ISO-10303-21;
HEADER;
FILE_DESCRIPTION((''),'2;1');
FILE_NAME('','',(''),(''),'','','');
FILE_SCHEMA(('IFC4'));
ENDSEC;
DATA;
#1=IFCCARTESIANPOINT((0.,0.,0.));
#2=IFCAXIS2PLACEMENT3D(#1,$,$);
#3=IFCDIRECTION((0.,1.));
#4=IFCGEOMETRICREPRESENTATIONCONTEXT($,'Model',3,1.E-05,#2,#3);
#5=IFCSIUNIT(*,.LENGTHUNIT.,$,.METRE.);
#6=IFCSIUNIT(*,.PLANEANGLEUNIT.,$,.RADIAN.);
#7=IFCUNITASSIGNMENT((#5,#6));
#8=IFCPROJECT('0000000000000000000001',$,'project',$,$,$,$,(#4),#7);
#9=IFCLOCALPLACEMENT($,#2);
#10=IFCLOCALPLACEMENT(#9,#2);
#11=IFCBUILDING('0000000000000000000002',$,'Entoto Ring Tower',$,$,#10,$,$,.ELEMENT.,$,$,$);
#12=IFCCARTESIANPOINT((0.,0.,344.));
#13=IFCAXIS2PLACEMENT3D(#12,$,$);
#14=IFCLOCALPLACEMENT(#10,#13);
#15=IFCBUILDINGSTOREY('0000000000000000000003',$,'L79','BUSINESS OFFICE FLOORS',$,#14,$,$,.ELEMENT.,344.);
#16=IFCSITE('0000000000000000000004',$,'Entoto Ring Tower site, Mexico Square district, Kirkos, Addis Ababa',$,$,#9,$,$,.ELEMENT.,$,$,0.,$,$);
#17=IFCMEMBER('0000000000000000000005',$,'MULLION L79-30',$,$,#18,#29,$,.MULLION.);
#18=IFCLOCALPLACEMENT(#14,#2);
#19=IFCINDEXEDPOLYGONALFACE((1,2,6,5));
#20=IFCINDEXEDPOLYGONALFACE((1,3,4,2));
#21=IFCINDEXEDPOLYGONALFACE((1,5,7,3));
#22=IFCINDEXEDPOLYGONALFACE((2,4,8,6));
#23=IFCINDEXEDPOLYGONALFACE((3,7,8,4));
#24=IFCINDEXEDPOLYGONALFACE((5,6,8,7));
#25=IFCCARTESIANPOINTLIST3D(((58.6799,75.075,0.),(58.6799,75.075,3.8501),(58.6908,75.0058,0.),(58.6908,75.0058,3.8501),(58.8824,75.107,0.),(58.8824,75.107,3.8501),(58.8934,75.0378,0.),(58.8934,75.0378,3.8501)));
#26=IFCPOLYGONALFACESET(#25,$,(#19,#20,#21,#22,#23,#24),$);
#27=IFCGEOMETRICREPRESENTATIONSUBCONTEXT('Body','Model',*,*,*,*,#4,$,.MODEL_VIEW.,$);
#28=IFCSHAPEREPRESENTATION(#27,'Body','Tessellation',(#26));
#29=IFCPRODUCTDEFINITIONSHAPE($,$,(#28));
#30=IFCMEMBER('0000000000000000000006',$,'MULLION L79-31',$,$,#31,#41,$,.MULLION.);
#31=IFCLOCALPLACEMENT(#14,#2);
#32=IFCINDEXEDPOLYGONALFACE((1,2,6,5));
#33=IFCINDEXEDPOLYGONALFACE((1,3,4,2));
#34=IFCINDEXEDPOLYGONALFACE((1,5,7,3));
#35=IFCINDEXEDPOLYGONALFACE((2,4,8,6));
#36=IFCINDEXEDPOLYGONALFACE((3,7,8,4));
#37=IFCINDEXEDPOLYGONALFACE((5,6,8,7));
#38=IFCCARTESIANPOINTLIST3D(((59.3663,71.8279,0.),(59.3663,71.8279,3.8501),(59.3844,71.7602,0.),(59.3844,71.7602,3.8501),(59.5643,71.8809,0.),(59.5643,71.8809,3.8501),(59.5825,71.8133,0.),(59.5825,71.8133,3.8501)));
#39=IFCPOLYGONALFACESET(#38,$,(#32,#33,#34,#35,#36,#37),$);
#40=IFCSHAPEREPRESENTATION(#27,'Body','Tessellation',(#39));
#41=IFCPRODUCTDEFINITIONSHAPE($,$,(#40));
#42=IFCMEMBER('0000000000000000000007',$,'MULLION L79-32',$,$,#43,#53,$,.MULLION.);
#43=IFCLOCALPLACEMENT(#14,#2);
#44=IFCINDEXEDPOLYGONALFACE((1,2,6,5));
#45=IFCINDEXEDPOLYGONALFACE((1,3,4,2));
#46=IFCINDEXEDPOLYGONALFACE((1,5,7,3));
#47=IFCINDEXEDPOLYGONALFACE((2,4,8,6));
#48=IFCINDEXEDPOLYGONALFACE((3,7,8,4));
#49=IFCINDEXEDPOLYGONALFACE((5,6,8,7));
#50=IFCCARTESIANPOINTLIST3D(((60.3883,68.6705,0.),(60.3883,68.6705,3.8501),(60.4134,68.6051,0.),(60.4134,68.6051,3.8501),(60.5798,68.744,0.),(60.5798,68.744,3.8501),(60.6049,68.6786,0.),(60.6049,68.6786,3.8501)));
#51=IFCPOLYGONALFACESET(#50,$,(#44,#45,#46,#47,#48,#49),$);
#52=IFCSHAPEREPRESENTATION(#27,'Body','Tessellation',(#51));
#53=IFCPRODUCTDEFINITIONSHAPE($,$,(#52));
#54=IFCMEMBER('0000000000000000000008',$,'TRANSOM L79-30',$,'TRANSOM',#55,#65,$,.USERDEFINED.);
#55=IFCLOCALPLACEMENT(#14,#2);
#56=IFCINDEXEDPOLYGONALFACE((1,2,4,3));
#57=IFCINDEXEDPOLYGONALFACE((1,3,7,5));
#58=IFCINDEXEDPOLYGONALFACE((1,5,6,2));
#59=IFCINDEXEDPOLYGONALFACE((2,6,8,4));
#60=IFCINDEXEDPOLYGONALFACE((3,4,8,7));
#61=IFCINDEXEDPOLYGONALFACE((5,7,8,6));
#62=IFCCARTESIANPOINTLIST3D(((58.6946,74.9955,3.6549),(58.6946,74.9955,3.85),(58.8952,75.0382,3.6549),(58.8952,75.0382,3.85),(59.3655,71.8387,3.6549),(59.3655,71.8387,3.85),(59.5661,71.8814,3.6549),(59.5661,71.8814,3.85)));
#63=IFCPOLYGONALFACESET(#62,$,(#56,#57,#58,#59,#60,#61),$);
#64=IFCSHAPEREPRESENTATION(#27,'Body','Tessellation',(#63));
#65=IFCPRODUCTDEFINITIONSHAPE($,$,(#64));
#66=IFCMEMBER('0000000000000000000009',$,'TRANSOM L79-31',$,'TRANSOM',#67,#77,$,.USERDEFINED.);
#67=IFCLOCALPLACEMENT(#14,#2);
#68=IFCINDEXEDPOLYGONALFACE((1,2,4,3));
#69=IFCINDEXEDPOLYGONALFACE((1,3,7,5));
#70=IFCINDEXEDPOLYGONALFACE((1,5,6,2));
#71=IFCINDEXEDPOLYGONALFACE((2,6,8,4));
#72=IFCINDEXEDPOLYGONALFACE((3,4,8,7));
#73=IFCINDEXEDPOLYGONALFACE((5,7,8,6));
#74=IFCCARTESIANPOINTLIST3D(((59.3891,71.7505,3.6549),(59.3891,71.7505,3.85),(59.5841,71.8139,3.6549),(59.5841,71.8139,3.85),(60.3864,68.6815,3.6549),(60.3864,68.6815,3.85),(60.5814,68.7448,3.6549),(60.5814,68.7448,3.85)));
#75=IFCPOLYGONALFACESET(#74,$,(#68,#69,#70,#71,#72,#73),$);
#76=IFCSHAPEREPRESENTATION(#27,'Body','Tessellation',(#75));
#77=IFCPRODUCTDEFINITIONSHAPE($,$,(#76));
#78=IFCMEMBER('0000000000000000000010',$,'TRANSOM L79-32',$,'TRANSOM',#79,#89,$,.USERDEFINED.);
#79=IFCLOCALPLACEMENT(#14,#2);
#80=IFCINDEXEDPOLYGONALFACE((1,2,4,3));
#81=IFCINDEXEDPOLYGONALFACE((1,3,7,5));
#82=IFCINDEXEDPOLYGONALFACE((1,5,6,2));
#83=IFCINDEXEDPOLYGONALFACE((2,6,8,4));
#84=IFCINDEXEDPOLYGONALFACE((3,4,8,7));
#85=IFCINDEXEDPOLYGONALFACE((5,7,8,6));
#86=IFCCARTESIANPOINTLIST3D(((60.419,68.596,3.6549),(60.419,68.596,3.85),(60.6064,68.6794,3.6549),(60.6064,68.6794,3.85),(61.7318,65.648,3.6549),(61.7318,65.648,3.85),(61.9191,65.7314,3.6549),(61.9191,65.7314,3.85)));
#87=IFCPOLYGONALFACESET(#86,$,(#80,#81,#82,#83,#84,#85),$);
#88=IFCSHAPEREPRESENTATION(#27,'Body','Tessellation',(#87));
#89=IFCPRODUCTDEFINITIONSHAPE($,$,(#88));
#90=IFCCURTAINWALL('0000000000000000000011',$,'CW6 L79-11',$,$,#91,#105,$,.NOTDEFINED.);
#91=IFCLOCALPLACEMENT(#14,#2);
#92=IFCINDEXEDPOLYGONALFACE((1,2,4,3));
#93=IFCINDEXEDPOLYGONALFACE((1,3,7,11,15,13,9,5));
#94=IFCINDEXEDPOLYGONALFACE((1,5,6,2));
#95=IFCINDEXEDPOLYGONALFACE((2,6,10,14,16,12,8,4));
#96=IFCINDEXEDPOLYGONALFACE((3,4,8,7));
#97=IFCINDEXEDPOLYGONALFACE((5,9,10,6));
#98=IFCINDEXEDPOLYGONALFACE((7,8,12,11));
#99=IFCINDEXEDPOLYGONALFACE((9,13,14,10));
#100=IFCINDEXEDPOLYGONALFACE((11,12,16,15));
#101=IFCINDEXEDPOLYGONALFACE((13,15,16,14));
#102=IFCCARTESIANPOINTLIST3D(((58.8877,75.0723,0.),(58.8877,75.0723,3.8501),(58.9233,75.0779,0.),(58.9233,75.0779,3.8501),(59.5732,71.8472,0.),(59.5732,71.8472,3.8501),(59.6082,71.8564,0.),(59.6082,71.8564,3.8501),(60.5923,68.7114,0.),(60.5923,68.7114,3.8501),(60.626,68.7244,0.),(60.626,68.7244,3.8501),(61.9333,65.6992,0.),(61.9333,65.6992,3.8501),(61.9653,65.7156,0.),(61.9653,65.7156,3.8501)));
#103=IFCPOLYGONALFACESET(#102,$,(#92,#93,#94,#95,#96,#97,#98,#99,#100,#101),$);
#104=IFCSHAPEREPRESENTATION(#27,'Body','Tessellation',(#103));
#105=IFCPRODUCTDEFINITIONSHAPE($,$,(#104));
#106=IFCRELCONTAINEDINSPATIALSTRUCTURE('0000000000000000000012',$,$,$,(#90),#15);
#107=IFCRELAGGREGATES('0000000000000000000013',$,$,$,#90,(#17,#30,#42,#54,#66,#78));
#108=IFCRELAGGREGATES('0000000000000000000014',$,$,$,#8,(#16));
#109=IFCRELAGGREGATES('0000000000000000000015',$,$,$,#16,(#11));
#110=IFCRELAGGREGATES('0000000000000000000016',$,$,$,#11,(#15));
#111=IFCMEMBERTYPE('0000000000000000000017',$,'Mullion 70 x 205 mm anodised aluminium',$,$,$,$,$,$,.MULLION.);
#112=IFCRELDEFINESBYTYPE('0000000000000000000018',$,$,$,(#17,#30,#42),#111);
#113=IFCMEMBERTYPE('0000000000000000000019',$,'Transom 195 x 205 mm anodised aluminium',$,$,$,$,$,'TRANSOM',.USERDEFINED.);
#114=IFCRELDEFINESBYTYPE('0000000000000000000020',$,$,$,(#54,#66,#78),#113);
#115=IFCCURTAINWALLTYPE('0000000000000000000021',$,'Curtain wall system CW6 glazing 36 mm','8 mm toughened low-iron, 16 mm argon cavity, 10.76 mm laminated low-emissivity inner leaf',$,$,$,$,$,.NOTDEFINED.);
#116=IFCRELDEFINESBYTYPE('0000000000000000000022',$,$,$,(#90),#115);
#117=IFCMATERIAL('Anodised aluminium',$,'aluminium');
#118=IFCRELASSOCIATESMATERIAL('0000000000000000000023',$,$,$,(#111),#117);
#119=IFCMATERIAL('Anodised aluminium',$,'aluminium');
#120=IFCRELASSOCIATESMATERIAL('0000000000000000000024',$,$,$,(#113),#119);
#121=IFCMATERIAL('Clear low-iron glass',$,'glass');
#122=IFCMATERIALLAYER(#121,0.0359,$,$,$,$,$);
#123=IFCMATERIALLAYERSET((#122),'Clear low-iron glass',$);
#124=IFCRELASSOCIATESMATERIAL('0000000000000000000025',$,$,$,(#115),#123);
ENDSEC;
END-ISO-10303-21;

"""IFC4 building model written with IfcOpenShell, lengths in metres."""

from ifc_helpers import new_model, si_unit, direction, frame, origin, origin_2d, place, context, subcontext, project, spatial, polyline, rectangle, outline, extrude, material, layer, layer_set, material_profile, profile_set, type_object, element, aggregate, save


model = new_model("IFC4")

# Units and contexts
model_context = context("Model", 3, precision=1e-05, world=origin(), true_north=direction((0.0, 1.0)))
body_context = subcontext(model_context, "Body", "Model", "MODEL_VIEW")
ifc_project = project(units=[si_unit("LENGTHUNIT", "METRE"), si_unit("PLANEANGLEUNIT", "RADIAN")], contexts=[model_context])

# Members
ifc_material_1 = material(Name="Anodised aluminium", Category="aluminium")
ifc_material_profile_1 = material_profile(ifc_material_1, rectangle(XDim=0.0701, YDim=0.2051, at=origin_2d()), Name="Mullion 70 x 205 mm anodised aluminium")
ifc_profile_set_1 = profile_set([ifc_material_profile_1], Name="Anodised aluminium")
member_type_1 = type_object("IfcMemberType", Name="Mullion 70 x 205 mm anodised aluminium", PredefinedType="MULLION", material=ifc_profile_set_1)
site_placement = place(None, origin())
building_placement = place(site_placement, origin())
storey_placement = place(building_placement, frame((0.0, 0.0, 344.0)))
member_1_placement = place(storey_placement, frame((58.7866, 75.0564, 0.0), z_axis=(0.0, 0.0, 1.0), x_axis=(0.156434, -0.987688, 0.0)))
member_1 = element("IfcMember", 1, at=member_1_placement, type_object=member_type_1, Name="MULLION L79-30", PredefinedType="MULLION", context=body_context, shape_type="SweptSolid", body=[
    extrude(rectangle(XDim=0.0701, YDim=0.2051, at=origin_2d()), origin(), (0.0, 0.0, 1.0), 3.8501),
])
member_2_placement = place(storey_placement, frame((59.4744, 71.8206, 0.0), z_axis=(0.0, 0.0, 1.0), x_axis=(0.258819, -0.965926, 0.0)))
member_2 = element("IfcMember", 2, at=member_2_placement, type_object=member_type_1, Name="MULLION L79-31", PredefinedType="MULLION", context=body_context, shape_type="SweptSolid", body=[
    extrude(rectangle(XDim=0.0701, YDim=0.2051, at=origin_2d()), origin(), (0.0, 0.0, 1.0), 3.8501),
])
member_3_placement = place(storey_placement, frame((60.4966, 68.6746, 0.0), z_axis=(0.0, 0.0, 1.0), x_axis=(0.358368, -0.93358, 0.0)))
member_3 = element("IfcMember", 3, at=member_3_placement, type_object=member_type_1, Name="MULLION L79-32", PredefinedType="MULLION", context=body_context, shape_type="SweptSolid", body=[
    extrude(rectangle(XDim=0.0701, YDim=0.2051, at=origin_2d()), origin(), (0.0, 0.0, 1.0), 3.8501),
])
ifc_material_2 = material(Name="Anodised aluminium", Category="aluminium")
ifc_material_profile_2 = material_profile(ifc_material_2, rectangle(XDim=0.2051, YDim=0.1951, at=origin_2d()), Name="Transom 195 x 205 mm anodised aluminium")
ifc_profile_set_2 = profile_set([ifc_material_profile_2], Name="Anodised aluminium")
member_type_2 = type_object("IfcMemberType", Name="Transom 195 x 205 mm anodised aluminium", ElementType="TRANSOM", PredefinedType="USERDEFINED", material=ifc_profile_set_2)
member_4_placement = place(storey_placement, frame((58.7949, 75.0168, 3.7524), z_axis=(0.207886, -0.978153, 0.0), x_axis=(0.978153, 0.207886, 0.0)))
member_4 = element("IfcMember", 4, at=member_4_placement, type_object=member_type_2, Name="TRANSOM L79-30", ObjectType="TRANSOM", PredefinedType="USERDEFINED", context=body_context, shape_type="SweptSolid", body=[
    extrude(rectangle(XDim=0.2051, YDim=0.1951, at=origin_2d()), origin(), (0.0, 0.0, 1.0), 3.2273),
])
member_5_placement = place(storey_placement, frame((59.4866, 71.7822, 3.7524), z_axis=(0.309047, -0.951047, 0.0), x_axis=(0.951047, 0.309047, 0.0)))
member_5 = element("IfcMember", 5, at=member_5_placement, type_object=member_type_2, Name="TRANSOM L79-31", ObjectType="TRANSOM", PredefinedType="USERDEFINED", context=body_context, shape_type="SweptSolid", body=[
    extrude(rectangle(XDim=0.2051, YDim=0.1951, at=origin_2d()), origin(), (0.0, 0.0, 1.0), 3.2271),
])
member_6_placement = place(storey_placement, frame((60.5127, 68.6377, 3.7524), z_axis=(0.406791, -0.913521, 0.0), x_axis=(0.913521, 0.406791, 0.0)))
member_6 = element("IfcMember", 6, at=member_6_placement, type_object=member_type_2, Name="TRANSOM L79-32", ObjectType="TRANSOM", PredefinedType="USERDEFINED", context=body_context, shape_type="SweptSolid", body=[
    extrude(rectangle(XDim=0.2051, YDim=0.1951, at=origin_2d()), origin(), (0.0, 0.0, 1.0), 3.2271),
])

# Site, building, storey
site = spatial("IfcSite", under=ifc_project, at=site_placement, Name="Entoto Ring Tower site, Mexico Square district, Kirkos, Addis Ababa", CompositionType="ELEMENT", RefElevation=0.0)
building = spatial("IfcBuilding", under=site, at=building_placement, Name="Entoto Ring Tower", CompositionType="ELEMENT")
storey = spatial("IfcBuildingStorey", under=building, at=storey_placement, Name="L79", Description="BUSINESS OFFICE FLOORS", CompositionType="ELEMENT", Elevation=344.0)

# Curtain wall
ifc_material_3 = material(Name="Clear low-iron glass", Category="glass")
ifc_layer = layer(ifc_material_3, 0.0359)
ifc_layer_set = layer_set([ifc_layer], Name="Clear low-iron glass")
curtain_wall_type = type_object("IfcCurtainWallType", Name="Curtain wall system CW6 glazing 36 mm", Description="8 mm toughened low-iron, 16 mm argon cavity, 10.76 mm laminated low-emissivity inner leaf", PredefinedType="NOTDEFINED", material=ifc_layer_set)
curtain_wall_1_placement = place(storey_placement, origin())
curtain_wall_1 = element("IfcCurtainWall", 7, at=curtain_wall_1_placement, inside=storey, type_object=curtain_wall_type, Name="CW6 L79-11", PredefinedType="NOTDEFINED", context=body_context, shape_type="SweptSolid", body=[
    extrude(outline(polyline([(58.8877, 75.0723), (59.5732, 71.8472), (60.5923, 68.7114), (61.9333, 65.6992), (61.9653, 65.7156), (60.626, 68.7244), (59.6082, 71.8564), (58.9233, 75.0779), (58.8877, 75.0723)])), origin(), (0.0, 0.0, 1.0), 3.8501),
])
aggregate(curtain_wall_1, [member_1, member_2, member_3, member_4, member_5, member_6])

save(model, "model.ifc")
